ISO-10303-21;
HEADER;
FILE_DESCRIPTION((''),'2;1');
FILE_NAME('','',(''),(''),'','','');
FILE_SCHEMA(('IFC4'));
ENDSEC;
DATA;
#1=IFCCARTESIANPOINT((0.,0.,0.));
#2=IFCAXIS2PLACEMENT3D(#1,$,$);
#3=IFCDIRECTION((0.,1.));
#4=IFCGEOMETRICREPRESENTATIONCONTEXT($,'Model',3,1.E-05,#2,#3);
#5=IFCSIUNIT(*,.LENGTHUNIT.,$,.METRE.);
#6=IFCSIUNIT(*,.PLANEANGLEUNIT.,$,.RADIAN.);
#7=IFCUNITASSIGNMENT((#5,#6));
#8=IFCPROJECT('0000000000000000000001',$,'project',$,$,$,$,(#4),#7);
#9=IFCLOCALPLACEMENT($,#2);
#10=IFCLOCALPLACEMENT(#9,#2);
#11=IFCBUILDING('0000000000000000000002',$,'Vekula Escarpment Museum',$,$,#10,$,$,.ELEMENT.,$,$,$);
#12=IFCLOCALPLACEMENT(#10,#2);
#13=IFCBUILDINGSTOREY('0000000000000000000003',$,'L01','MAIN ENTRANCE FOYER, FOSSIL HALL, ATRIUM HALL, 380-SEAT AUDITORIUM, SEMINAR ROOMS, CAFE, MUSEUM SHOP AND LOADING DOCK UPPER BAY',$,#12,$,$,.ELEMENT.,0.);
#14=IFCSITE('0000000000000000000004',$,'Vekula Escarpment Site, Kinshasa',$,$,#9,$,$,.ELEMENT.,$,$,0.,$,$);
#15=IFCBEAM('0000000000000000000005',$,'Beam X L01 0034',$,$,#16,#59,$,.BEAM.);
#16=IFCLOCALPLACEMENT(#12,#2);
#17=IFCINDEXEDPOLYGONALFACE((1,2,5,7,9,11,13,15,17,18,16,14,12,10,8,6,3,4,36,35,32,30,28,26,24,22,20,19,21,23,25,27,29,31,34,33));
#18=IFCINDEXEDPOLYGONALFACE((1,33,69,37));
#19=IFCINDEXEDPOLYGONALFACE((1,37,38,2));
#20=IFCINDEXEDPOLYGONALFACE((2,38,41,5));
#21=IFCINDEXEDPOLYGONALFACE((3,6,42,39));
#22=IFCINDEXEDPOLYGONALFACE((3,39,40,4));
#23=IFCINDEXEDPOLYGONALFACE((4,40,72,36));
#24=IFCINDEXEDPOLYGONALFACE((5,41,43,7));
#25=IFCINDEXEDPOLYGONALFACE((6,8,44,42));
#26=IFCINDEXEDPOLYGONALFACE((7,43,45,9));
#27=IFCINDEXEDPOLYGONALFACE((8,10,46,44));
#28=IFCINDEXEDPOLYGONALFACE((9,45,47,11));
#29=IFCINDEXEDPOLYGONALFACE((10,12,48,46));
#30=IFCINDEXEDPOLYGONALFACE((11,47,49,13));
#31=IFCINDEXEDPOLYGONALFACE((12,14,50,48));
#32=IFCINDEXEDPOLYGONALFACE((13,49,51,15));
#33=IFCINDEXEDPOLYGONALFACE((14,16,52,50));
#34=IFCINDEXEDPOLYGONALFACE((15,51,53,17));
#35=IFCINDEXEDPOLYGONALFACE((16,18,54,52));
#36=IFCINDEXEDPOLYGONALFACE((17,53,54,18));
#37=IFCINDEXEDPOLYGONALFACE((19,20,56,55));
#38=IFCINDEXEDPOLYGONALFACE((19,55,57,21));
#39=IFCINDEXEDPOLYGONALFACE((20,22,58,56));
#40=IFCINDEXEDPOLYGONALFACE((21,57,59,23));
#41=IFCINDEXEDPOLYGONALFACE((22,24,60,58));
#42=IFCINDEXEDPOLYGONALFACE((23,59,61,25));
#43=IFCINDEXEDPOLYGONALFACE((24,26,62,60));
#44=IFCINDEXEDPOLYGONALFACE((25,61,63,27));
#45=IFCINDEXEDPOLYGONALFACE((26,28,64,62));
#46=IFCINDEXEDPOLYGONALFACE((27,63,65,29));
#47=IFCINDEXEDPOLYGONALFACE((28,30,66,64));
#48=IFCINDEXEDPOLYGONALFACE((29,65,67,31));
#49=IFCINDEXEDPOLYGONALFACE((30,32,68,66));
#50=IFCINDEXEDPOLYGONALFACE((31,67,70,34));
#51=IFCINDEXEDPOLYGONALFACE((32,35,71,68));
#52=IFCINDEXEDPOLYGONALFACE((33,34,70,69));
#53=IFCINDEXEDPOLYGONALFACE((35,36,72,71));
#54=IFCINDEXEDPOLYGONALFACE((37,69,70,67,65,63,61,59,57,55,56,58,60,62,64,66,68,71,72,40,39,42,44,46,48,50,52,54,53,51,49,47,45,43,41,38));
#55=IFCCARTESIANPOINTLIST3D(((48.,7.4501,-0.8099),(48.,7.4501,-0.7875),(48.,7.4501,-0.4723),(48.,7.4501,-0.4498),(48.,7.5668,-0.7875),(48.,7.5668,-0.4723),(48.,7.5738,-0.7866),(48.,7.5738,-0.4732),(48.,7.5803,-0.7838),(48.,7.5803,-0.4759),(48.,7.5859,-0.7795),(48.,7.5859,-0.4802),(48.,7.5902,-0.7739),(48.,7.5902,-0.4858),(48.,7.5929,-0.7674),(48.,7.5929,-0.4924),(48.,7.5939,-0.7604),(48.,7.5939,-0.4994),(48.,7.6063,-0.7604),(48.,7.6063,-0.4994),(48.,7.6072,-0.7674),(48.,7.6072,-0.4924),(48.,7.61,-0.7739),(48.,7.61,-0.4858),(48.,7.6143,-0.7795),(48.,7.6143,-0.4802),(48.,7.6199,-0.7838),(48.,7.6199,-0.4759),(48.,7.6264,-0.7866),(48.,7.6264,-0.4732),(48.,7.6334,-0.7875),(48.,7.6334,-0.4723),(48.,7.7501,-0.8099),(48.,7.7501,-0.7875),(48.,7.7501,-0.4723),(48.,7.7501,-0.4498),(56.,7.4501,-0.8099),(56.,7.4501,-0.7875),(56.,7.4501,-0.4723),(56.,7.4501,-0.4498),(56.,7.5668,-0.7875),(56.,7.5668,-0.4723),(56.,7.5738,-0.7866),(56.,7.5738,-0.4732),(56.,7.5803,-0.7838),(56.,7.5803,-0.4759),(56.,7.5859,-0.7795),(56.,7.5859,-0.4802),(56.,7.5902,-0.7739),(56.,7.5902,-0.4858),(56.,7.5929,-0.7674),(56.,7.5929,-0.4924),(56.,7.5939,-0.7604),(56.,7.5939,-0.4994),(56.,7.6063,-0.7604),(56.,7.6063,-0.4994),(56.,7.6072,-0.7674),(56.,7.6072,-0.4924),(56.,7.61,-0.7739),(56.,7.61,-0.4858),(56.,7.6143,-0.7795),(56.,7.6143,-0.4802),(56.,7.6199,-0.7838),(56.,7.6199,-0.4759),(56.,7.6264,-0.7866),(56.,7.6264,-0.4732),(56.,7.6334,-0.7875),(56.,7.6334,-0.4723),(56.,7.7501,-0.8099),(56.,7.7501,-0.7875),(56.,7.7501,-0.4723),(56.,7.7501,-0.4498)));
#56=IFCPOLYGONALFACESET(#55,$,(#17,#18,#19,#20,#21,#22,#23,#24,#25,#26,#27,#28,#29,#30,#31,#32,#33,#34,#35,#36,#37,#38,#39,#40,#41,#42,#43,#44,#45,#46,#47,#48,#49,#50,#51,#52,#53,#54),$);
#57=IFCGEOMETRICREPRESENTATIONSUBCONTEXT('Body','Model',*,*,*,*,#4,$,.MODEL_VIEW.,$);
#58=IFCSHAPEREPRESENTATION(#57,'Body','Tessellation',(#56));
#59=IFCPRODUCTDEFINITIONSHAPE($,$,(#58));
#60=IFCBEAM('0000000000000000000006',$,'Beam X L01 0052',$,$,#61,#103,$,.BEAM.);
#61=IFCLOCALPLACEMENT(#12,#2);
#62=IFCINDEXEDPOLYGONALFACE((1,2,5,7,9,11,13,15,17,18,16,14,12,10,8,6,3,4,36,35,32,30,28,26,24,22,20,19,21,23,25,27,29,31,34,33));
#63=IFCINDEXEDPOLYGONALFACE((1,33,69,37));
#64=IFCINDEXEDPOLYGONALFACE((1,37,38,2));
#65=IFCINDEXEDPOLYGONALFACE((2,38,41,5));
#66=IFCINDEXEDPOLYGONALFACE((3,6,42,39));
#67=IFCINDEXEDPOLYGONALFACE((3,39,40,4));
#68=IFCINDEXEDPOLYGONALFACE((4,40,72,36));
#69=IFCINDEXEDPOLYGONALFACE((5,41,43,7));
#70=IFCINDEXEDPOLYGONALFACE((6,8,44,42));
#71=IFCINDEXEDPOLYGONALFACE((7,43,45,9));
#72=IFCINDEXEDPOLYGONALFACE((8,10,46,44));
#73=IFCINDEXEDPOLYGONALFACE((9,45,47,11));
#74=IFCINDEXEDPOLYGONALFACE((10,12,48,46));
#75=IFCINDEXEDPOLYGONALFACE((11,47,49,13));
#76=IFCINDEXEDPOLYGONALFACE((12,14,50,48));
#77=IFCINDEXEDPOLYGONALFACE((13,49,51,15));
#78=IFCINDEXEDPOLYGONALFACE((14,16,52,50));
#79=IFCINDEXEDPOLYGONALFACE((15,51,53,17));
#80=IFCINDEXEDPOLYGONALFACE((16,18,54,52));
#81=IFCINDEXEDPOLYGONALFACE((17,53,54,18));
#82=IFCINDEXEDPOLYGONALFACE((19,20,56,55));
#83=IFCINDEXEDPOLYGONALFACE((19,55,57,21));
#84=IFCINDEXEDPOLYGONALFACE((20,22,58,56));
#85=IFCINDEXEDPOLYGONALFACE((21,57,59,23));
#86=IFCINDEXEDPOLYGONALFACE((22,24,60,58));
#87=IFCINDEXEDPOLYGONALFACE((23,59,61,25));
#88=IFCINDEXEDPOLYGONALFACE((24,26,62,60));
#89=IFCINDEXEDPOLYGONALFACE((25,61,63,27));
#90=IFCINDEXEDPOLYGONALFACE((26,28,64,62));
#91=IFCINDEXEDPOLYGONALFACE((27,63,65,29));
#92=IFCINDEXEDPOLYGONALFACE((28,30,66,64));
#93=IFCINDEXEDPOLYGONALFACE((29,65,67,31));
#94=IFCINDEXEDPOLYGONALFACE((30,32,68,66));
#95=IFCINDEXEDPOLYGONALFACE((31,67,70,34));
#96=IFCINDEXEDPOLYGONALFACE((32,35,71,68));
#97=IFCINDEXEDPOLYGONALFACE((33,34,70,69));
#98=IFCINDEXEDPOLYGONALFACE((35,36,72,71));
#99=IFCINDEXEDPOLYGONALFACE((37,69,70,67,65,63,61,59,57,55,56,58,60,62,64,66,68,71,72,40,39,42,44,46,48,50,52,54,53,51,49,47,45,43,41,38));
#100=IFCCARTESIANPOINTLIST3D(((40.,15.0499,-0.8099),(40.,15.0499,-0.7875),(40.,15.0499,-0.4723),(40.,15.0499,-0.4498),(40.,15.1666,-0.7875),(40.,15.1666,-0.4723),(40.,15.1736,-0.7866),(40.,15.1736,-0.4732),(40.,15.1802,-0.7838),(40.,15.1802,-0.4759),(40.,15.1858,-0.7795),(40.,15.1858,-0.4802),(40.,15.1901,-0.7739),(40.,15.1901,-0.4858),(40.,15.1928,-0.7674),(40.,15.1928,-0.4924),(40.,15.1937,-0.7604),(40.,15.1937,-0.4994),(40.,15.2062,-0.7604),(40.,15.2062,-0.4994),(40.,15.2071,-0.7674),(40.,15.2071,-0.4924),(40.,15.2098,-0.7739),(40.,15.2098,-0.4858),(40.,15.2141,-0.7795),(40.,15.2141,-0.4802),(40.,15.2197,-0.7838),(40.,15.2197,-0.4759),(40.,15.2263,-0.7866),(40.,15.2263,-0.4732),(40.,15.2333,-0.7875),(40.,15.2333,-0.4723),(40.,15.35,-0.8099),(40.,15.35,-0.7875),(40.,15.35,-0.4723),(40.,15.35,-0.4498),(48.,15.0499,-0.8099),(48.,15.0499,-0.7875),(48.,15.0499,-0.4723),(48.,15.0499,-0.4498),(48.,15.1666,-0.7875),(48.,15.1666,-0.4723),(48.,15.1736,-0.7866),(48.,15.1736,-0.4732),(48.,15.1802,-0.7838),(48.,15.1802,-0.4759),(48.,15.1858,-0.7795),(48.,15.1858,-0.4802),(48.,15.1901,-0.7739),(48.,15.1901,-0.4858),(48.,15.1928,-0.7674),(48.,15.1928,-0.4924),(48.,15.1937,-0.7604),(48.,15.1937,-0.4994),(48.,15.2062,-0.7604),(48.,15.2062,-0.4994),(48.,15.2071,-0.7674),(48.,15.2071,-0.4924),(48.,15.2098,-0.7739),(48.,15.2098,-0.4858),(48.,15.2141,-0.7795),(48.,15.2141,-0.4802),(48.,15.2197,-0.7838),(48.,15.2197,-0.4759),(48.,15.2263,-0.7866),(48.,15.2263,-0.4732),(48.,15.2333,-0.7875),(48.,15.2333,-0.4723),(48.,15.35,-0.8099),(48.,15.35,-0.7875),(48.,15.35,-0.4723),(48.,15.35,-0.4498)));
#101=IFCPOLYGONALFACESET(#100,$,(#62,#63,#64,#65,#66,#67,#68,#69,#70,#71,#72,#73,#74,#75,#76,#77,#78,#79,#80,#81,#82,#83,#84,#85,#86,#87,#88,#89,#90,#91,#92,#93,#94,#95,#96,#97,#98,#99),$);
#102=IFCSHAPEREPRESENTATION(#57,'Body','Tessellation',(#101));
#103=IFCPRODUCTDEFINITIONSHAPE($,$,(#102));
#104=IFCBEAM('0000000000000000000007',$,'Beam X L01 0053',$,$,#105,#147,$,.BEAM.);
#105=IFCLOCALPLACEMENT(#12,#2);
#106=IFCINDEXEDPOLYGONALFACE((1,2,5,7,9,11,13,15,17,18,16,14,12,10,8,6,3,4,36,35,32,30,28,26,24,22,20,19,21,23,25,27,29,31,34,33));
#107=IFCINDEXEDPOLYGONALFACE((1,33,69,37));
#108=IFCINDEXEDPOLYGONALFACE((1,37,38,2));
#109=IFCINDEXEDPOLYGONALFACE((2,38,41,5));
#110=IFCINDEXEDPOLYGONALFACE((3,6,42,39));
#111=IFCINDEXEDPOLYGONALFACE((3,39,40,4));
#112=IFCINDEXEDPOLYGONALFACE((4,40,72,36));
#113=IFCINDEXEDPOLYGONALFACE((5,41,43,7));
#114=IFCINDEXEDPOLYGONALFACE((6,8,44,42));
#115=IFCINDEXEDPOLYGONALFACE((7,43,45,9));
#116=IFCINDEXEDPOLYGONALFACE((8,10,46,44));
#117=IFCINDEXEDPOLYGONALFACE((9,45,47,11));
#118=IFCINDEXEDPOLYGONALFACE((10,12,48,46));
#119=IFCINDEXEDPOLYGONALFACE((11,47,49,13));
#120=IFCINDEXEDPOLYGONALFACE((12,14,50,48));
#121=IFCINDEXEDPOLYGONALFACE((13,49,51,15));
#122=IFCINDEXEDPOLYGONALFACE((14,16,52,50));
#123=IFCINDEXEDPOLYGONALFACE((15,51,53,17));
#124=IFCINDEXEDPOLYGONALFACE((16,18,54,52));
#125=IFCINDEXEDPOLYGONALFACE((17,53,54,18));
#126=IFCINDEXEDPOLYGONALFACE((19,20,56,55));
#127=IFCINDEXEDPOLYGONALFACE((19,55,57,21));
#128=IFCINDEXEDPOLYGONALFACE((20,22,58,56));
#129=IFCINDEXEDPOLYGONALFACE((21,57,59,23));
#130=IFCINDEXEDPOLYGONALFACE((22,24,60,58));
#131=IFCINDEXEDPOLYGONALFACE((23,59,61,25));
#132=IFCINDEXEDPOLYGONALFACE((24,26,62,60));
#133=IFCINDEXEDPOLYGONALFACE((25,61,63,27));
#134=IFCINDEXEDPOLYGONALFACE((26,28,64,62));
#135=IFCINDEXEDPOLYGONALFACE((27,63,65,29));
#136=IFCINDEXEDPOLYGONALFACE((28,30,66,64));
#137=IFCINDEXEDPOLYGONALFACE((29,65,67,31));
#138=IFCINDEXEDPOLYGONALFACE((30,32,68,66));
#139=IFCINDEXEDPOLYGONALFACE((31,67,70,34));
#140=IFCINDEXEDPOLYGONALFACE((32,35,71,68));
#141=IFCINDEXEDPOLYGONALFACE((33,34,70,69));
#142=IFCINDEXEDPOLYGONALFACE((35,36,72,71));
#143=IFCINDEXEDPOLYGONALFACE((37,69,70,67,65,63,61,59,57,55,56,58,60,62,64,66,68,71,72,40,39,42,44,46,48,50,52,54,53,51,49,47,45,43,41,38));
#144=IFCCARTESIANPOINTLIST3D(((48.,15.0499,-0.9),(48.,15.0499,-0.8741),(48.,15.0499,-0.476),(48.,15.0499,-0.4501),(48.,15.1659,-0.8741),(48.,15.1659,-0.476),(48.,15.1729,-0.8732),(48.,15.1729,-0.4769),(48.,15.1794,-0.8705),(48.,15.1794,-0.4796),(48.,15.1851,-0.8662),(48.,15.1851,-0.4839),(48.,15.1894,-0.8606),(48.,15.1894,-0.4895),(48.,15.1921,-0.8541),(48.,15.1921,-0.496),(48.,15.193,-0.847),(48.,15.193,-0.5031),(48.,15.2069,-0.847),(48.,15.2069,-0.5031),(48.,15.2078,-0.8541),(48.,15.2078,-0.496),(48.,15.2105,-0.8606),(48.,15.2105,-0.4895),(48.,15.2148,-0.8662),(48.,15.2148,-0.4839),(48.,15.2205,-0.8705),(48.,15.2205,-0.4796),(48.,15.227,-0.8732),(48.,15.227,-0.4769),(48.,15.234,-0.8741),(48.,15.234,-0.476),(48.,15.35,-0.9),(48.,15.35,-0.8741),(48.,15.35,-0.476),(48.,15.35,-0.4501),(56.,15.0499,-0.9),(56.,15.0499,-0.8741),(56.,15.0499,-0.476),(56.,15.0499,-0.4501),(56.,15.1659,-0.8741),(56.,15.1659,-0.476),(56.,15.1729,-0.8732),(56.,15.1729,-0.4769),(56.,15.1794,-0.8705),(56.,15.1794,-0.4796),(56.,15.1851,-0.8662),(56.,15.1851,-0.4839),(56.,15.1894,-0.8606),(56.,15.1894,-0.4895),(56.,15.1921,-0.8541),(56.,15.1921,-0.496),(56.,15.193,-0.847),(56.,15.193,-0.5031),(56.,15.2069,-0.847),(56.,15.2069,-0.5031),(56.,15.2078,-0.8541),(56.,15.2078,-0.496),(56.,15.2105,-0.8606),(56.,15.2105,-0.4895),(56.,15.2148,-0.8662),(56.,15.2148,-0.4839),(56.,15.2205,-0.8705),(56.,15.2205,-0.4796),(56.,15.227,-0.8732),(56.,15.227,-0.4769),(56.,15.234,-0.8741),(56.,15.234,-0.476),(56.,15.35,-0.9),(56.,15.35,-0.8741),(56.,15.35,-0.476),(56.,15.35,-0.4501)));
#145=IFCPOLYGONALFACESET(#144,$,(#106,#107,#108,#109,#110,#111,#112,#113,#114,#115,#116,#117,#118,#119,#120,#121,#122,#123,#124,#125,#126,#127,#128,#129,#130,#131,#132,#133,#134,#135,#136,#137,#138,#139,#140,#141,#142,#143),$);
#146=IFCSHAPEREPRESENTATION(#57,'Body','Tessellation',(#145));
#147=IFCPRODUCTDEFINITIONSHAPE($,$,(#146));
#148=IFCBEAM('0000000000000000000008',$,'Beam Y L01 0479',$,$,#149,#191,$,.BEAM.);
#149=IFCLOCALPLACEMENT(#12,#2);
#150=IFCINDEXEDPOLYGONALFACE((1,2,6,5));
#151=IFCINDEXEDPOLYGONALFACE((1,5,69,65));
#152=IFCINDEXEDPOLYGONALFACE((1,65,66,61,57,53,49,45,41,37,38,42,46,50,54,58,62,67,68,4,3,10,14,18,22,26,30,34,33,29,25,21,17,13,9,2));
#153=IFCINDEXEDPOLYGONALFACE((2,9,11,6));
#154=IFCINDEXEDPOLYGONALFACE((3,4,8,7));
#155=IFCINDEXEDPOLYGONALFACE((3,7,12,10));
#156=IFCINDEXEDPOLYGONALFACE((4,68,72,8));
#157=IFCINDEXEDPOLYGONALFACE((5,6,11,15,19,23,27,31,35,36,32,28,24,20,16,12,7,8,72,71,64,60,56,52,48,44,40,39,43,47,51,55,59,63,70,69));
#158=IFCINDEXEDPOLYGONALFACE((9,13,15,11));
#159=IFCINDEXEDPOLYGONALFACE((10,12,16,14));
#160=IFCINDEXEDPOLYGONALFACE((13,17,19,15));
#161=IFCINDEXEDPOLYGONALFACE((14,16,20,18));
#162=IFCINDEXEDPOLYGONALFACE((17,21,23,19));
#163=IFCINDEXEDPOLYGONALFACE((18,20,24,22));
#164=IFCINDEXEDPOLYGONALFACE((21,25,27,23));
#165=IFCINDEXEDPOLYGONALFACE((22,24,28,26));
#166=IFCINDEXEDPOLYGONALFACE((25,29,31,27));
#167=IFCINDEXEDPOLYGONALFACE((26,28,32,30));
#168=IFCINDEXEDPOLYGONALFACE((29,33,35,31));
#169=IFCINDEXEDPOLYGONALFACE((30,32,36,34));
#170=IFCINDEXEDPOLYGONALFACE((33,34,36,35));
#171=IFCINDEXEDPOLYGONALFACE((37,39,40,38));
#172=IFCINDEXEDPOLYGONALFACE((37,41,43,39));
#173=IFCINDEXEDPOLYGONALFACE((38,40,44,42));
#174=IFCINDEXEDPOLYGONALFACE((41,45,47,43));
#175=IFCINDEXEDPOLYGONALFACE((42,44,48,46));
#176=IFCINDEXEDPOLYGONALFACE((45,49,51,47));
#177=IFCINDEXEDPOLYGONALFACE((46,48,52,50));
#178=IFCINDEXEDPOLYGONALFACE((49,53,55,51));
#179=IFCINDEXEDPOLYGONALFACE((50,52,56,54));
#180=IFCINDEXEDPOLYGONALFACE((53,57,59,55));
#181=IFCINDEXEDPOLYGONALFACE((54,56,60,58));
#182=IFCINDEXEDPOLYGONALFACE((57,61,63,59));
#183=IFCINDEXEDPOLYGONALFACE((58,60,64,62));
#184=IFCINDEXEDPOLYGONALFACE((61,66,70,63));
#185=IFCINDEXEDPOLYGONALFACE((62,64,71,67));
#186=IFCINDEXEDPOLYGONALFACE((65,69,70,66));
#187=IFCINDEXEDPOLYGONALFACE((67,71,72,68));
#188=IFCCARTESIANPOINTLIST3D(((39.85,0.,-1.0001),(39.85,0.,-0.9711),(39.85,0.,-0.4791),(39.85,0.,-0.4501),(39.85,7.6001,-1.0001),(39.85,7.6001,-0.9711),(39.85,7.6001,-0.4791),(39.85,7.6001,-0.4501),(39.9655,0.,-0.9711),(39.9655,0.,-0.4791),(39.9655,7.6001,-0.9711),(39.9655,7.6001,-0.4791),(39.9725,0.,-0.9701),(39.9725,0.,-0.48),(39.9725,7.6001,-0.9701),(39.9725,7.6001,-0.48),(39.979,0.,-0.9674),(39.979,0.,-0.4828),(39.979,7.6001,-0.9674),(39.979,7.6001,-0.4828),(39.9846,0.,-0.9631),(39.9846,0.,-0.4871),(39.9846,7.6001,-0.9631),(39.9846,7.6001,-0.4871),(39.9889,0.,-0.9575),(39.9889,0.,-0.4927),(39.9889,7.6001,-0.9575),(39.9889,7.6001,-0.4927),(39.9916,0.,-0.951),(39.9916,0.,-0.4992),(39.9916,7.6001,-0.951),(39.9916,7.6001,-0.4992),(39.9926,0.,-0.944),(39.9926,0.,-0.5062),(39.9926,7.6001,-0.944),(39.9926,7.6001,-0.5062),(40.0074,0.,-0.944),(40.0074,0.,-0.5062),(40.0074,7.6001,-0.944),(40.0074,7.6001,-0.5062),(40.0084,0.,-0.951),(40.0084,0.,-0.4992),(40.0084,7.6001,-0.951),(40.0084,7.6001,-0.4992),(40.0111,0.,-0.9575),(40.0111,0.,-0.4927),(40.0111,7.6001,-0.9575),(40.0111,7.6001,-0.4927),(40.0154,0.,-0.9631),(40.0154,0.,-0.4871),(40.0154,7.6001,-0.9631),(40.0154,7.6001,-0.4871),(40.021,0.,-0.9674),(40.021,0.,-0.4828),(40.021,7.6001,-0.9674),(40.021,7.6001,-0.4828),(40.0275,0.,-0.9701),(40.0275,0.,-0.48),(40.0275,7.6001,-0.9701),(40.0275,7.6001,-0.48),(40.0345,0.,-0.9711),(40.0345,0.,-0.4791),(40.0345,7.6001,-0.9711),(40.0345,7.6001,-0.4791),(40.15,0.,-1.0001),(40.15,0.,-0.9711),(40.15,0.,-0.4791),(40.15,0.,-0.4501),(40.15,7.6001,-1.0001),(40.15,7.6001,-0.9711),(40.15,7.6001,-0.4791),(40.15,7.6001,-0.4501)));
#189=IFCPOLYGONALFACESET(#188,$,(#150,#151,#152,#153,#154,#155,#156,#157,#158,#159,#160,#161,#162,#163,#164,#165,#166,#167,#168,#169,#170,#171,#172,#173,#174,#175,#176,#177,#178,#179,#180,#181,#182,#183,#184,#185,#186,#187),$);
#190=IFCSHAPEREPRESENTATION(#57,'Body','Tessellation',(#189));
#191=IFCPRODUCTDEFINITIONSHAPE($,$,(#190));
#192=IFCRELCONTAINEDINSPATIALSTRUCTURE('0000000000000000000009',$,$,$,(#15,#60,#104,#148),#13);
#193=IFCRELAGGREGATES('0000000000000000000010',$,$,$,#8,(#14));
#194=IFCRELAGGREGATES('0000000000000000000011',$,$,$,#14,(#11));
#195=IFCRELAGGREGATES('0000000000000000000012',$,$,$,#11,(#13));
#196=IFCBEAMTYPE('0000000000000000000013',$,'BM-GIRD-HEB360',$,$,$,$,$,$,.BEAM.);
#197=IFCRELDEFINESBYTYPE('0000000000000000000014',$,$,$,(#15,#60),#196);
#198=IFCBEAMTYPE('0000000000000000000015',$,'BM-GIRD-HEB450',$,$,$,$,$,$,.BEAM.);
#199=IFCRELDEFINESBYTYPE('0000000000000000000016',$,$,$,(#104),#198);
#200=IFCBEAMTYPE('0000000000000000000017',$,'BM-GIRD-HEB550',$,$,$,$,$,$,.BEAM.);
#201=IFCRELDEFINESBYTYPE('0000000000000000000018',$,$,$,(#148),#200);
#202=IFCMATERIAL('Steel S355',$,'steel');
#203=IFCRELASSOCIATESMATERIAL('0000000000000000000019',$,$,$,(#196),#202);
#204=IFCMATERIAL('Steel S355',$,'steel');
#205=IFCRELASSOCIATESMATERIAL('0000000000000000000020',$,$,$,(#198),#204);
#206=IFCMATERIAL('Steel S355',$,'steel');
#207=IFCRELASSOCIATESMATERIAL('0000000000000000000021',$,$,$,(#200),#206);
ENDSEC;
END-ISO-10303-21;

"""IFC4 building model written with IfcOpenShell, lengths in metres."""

from ifc_helpers import new_model, si_unit, direction, frame, origin, origin_2d, place, context, subcontext, project, spatial, i_section, extrude, material, material_profile, profile_set, type_object, element, save


model = new_model("IFC4")

# Units and contexts
model_context = context("Model", 3, precision=1e-05, world=origin(), true_north=direction((0.0, 1.0)))
body_context = subcontext(model_context, "Body", "Model", "MODEL_VIEW")
ifc_project = project(units=[si_unit("LENGTHUNIT", "METRE"), si_unit("PLANEANGLEUNIT", "RADIAN")], contexts=[model_context])

# Site, building, storey
site_placement = place(None, origin())
site = spatial("IfcSite", under=ifc_project, at=site_placement, Name="Vekula Escarpment Site, Kinshasa", CompositionType="ELEMENT", RefElevation=0.0)
building_placement = place(site_placement, origin())
building = spatial("IfcBuilding", under=site, at=building_placement, Name="Vekula Escarpment Museum", CompositionType="ELEMENT")
storey_placement = place(building_placement, origin())
storey = spatial("IfcBuildingStorey", under=building, at=storey_placement, Name="L01", Description="MAIN ENTRANCE FOYER, FOSSIL HALL, ATRIUM HALL, 380-SEAT AUDITORIUM, SEMINAR ROOMS, CAFE, MUSEUM SHOP AND LOADING DOCK UPPER BAY", CompositionType="ELEMENT", Elevation=0.0)

# Beams
ifc_material_1 = material(Name="Steel S355", Category="steel")
ifc_material_profile_1 = material_profile(ifc_material_1, i_section(OverallWidth=0.3, OverallDepth=0.3601, WebThickness=0.0125, FlangeThickness=0.0225, FilletRadius=0.0271, at=origin_2d()), Name="HEB 360")
ifc_profile_set_1 = profile_set([ifc_material_profile_1], Name="Steel S355")
beam_type_1 = type_object("IfcBeamType", Name="BM-GIRD-HEB360", PredefinedType="BEAM", material=ifc_profile_set_1)
for number, where, z_axis, x_axis, name in (
    (1, (48.0, 7.6001, -0.6299), (1.0, 0.0, 0.0), (0.0, 1.0, 0.0), "Beam X L01 0034"),
    (2, (40.0, 15.2, -0.6299), (1.0, 0.0, 0.0), (0.0, 1.0, 0.0), "Beam X L01 0052"),
):
    element("IfcBeam", number, at=place(storey_placement, frame(where, z_axis=z_axis, x_axis=x_axis)), inside=storey, type_object=beam_type_1, Name=name, PredefinedType="BEAM", context=body_context, shape_type="SweptSolid", body=[
        extrude(i_section(OverallWidth=0.3, OverallDepth=0.3601, WebThickness=0.0125, FlangeThickness=0.0225, FilletRadius=0.0271, at=origin_2d()), origin(), (0.0, 0.0, 1.0), 8.0),
    ])
ifc_material_2 = material(Name="Steel S355", Category="steel")
ifc_material_profile_2 = material_profile(ifc_material_2, i_section(OverallWidth=0.3, OverallDepth=0.45, WebThickness=0.0139, FlangeThickness=0.0259, FilletRadius=0.0271, at=origin_2d()), Name="HEB 450")
ifc_profile_set_2 = profile_set([ifc_material_profile_2], Name="Steel S355")
beam_type_2 = type_object("IfcBeamType", Name="BM-GIRD-HEB450", PredefinedType="BEAM", material=ifc_profile_set_2)
beam_1_placement = place(storey_placement, frame((48.0, 15.2, -0.675), z_axis=(1.0, 0.0, 0.0), x_axis=(0.0, 1.0, 0.0)))
element("IfcBeam", 3, at=beam_1_placement, inside=storey, type_object=beam_type_2, Name="Beam X L01 0053", PredefinedType="BEAM", context=body_context, shape_type="SweptSolid", body=[
    extrude(i_section(OverallWidth=0.3, OverallDepth=0.45, WebThickness=0.0139, FlangeThickness=0.0259, FilletRadius=0.0271, at=origin_2d()), origin(), (0.0, 0.0, 1.0), 8.0),
])
ifc_material_3 = material(Name="Steel S355", Category="steel")
ifc_material_profile_3 = material_profile(ifc_material_3, i_section(OverallWidth=0.3, OverallDepth=0.55, WebThickness=0.0149, FlangeThickness=0.0291, FilletRadius=0.0271, at=origin_2d()), Name="HEB 550")
ifc_profile_set_3 = profile_set([ifc_material_profile_3], Name="Steel S355")
beam_type_3 = type_object("IfcBeamType", Name="BM-GIRD-HEB550", PredefinedType="BEAM", material=ifc_profile_set_3)
beam_2_placement = place(storey_placement, frame((40.0, 0.0, -0.7251), z_axis=(0.0, 1.0, 0.0), x_axis=(-1.0, 0.0, 0.0)))
element("IfcBeam", 4, at=beam_2_placement, inside=storey, type_object=beam_type_3, Name="Beam Y L01 0479", PredefinedType="BEAM", context=body_context, shape_type="SweptSolid", body=[
    extrude(i_section(OverallWidth=0.3, OverallDepth=0.55, WebThickness=0.0149, FlangeThickness=0.0291, FilletRadius=0.0271, at=origin_2d()), origin(), (0.0, 0.0, 1.0), 7.6001),
])

save(model, "model.ifc")
